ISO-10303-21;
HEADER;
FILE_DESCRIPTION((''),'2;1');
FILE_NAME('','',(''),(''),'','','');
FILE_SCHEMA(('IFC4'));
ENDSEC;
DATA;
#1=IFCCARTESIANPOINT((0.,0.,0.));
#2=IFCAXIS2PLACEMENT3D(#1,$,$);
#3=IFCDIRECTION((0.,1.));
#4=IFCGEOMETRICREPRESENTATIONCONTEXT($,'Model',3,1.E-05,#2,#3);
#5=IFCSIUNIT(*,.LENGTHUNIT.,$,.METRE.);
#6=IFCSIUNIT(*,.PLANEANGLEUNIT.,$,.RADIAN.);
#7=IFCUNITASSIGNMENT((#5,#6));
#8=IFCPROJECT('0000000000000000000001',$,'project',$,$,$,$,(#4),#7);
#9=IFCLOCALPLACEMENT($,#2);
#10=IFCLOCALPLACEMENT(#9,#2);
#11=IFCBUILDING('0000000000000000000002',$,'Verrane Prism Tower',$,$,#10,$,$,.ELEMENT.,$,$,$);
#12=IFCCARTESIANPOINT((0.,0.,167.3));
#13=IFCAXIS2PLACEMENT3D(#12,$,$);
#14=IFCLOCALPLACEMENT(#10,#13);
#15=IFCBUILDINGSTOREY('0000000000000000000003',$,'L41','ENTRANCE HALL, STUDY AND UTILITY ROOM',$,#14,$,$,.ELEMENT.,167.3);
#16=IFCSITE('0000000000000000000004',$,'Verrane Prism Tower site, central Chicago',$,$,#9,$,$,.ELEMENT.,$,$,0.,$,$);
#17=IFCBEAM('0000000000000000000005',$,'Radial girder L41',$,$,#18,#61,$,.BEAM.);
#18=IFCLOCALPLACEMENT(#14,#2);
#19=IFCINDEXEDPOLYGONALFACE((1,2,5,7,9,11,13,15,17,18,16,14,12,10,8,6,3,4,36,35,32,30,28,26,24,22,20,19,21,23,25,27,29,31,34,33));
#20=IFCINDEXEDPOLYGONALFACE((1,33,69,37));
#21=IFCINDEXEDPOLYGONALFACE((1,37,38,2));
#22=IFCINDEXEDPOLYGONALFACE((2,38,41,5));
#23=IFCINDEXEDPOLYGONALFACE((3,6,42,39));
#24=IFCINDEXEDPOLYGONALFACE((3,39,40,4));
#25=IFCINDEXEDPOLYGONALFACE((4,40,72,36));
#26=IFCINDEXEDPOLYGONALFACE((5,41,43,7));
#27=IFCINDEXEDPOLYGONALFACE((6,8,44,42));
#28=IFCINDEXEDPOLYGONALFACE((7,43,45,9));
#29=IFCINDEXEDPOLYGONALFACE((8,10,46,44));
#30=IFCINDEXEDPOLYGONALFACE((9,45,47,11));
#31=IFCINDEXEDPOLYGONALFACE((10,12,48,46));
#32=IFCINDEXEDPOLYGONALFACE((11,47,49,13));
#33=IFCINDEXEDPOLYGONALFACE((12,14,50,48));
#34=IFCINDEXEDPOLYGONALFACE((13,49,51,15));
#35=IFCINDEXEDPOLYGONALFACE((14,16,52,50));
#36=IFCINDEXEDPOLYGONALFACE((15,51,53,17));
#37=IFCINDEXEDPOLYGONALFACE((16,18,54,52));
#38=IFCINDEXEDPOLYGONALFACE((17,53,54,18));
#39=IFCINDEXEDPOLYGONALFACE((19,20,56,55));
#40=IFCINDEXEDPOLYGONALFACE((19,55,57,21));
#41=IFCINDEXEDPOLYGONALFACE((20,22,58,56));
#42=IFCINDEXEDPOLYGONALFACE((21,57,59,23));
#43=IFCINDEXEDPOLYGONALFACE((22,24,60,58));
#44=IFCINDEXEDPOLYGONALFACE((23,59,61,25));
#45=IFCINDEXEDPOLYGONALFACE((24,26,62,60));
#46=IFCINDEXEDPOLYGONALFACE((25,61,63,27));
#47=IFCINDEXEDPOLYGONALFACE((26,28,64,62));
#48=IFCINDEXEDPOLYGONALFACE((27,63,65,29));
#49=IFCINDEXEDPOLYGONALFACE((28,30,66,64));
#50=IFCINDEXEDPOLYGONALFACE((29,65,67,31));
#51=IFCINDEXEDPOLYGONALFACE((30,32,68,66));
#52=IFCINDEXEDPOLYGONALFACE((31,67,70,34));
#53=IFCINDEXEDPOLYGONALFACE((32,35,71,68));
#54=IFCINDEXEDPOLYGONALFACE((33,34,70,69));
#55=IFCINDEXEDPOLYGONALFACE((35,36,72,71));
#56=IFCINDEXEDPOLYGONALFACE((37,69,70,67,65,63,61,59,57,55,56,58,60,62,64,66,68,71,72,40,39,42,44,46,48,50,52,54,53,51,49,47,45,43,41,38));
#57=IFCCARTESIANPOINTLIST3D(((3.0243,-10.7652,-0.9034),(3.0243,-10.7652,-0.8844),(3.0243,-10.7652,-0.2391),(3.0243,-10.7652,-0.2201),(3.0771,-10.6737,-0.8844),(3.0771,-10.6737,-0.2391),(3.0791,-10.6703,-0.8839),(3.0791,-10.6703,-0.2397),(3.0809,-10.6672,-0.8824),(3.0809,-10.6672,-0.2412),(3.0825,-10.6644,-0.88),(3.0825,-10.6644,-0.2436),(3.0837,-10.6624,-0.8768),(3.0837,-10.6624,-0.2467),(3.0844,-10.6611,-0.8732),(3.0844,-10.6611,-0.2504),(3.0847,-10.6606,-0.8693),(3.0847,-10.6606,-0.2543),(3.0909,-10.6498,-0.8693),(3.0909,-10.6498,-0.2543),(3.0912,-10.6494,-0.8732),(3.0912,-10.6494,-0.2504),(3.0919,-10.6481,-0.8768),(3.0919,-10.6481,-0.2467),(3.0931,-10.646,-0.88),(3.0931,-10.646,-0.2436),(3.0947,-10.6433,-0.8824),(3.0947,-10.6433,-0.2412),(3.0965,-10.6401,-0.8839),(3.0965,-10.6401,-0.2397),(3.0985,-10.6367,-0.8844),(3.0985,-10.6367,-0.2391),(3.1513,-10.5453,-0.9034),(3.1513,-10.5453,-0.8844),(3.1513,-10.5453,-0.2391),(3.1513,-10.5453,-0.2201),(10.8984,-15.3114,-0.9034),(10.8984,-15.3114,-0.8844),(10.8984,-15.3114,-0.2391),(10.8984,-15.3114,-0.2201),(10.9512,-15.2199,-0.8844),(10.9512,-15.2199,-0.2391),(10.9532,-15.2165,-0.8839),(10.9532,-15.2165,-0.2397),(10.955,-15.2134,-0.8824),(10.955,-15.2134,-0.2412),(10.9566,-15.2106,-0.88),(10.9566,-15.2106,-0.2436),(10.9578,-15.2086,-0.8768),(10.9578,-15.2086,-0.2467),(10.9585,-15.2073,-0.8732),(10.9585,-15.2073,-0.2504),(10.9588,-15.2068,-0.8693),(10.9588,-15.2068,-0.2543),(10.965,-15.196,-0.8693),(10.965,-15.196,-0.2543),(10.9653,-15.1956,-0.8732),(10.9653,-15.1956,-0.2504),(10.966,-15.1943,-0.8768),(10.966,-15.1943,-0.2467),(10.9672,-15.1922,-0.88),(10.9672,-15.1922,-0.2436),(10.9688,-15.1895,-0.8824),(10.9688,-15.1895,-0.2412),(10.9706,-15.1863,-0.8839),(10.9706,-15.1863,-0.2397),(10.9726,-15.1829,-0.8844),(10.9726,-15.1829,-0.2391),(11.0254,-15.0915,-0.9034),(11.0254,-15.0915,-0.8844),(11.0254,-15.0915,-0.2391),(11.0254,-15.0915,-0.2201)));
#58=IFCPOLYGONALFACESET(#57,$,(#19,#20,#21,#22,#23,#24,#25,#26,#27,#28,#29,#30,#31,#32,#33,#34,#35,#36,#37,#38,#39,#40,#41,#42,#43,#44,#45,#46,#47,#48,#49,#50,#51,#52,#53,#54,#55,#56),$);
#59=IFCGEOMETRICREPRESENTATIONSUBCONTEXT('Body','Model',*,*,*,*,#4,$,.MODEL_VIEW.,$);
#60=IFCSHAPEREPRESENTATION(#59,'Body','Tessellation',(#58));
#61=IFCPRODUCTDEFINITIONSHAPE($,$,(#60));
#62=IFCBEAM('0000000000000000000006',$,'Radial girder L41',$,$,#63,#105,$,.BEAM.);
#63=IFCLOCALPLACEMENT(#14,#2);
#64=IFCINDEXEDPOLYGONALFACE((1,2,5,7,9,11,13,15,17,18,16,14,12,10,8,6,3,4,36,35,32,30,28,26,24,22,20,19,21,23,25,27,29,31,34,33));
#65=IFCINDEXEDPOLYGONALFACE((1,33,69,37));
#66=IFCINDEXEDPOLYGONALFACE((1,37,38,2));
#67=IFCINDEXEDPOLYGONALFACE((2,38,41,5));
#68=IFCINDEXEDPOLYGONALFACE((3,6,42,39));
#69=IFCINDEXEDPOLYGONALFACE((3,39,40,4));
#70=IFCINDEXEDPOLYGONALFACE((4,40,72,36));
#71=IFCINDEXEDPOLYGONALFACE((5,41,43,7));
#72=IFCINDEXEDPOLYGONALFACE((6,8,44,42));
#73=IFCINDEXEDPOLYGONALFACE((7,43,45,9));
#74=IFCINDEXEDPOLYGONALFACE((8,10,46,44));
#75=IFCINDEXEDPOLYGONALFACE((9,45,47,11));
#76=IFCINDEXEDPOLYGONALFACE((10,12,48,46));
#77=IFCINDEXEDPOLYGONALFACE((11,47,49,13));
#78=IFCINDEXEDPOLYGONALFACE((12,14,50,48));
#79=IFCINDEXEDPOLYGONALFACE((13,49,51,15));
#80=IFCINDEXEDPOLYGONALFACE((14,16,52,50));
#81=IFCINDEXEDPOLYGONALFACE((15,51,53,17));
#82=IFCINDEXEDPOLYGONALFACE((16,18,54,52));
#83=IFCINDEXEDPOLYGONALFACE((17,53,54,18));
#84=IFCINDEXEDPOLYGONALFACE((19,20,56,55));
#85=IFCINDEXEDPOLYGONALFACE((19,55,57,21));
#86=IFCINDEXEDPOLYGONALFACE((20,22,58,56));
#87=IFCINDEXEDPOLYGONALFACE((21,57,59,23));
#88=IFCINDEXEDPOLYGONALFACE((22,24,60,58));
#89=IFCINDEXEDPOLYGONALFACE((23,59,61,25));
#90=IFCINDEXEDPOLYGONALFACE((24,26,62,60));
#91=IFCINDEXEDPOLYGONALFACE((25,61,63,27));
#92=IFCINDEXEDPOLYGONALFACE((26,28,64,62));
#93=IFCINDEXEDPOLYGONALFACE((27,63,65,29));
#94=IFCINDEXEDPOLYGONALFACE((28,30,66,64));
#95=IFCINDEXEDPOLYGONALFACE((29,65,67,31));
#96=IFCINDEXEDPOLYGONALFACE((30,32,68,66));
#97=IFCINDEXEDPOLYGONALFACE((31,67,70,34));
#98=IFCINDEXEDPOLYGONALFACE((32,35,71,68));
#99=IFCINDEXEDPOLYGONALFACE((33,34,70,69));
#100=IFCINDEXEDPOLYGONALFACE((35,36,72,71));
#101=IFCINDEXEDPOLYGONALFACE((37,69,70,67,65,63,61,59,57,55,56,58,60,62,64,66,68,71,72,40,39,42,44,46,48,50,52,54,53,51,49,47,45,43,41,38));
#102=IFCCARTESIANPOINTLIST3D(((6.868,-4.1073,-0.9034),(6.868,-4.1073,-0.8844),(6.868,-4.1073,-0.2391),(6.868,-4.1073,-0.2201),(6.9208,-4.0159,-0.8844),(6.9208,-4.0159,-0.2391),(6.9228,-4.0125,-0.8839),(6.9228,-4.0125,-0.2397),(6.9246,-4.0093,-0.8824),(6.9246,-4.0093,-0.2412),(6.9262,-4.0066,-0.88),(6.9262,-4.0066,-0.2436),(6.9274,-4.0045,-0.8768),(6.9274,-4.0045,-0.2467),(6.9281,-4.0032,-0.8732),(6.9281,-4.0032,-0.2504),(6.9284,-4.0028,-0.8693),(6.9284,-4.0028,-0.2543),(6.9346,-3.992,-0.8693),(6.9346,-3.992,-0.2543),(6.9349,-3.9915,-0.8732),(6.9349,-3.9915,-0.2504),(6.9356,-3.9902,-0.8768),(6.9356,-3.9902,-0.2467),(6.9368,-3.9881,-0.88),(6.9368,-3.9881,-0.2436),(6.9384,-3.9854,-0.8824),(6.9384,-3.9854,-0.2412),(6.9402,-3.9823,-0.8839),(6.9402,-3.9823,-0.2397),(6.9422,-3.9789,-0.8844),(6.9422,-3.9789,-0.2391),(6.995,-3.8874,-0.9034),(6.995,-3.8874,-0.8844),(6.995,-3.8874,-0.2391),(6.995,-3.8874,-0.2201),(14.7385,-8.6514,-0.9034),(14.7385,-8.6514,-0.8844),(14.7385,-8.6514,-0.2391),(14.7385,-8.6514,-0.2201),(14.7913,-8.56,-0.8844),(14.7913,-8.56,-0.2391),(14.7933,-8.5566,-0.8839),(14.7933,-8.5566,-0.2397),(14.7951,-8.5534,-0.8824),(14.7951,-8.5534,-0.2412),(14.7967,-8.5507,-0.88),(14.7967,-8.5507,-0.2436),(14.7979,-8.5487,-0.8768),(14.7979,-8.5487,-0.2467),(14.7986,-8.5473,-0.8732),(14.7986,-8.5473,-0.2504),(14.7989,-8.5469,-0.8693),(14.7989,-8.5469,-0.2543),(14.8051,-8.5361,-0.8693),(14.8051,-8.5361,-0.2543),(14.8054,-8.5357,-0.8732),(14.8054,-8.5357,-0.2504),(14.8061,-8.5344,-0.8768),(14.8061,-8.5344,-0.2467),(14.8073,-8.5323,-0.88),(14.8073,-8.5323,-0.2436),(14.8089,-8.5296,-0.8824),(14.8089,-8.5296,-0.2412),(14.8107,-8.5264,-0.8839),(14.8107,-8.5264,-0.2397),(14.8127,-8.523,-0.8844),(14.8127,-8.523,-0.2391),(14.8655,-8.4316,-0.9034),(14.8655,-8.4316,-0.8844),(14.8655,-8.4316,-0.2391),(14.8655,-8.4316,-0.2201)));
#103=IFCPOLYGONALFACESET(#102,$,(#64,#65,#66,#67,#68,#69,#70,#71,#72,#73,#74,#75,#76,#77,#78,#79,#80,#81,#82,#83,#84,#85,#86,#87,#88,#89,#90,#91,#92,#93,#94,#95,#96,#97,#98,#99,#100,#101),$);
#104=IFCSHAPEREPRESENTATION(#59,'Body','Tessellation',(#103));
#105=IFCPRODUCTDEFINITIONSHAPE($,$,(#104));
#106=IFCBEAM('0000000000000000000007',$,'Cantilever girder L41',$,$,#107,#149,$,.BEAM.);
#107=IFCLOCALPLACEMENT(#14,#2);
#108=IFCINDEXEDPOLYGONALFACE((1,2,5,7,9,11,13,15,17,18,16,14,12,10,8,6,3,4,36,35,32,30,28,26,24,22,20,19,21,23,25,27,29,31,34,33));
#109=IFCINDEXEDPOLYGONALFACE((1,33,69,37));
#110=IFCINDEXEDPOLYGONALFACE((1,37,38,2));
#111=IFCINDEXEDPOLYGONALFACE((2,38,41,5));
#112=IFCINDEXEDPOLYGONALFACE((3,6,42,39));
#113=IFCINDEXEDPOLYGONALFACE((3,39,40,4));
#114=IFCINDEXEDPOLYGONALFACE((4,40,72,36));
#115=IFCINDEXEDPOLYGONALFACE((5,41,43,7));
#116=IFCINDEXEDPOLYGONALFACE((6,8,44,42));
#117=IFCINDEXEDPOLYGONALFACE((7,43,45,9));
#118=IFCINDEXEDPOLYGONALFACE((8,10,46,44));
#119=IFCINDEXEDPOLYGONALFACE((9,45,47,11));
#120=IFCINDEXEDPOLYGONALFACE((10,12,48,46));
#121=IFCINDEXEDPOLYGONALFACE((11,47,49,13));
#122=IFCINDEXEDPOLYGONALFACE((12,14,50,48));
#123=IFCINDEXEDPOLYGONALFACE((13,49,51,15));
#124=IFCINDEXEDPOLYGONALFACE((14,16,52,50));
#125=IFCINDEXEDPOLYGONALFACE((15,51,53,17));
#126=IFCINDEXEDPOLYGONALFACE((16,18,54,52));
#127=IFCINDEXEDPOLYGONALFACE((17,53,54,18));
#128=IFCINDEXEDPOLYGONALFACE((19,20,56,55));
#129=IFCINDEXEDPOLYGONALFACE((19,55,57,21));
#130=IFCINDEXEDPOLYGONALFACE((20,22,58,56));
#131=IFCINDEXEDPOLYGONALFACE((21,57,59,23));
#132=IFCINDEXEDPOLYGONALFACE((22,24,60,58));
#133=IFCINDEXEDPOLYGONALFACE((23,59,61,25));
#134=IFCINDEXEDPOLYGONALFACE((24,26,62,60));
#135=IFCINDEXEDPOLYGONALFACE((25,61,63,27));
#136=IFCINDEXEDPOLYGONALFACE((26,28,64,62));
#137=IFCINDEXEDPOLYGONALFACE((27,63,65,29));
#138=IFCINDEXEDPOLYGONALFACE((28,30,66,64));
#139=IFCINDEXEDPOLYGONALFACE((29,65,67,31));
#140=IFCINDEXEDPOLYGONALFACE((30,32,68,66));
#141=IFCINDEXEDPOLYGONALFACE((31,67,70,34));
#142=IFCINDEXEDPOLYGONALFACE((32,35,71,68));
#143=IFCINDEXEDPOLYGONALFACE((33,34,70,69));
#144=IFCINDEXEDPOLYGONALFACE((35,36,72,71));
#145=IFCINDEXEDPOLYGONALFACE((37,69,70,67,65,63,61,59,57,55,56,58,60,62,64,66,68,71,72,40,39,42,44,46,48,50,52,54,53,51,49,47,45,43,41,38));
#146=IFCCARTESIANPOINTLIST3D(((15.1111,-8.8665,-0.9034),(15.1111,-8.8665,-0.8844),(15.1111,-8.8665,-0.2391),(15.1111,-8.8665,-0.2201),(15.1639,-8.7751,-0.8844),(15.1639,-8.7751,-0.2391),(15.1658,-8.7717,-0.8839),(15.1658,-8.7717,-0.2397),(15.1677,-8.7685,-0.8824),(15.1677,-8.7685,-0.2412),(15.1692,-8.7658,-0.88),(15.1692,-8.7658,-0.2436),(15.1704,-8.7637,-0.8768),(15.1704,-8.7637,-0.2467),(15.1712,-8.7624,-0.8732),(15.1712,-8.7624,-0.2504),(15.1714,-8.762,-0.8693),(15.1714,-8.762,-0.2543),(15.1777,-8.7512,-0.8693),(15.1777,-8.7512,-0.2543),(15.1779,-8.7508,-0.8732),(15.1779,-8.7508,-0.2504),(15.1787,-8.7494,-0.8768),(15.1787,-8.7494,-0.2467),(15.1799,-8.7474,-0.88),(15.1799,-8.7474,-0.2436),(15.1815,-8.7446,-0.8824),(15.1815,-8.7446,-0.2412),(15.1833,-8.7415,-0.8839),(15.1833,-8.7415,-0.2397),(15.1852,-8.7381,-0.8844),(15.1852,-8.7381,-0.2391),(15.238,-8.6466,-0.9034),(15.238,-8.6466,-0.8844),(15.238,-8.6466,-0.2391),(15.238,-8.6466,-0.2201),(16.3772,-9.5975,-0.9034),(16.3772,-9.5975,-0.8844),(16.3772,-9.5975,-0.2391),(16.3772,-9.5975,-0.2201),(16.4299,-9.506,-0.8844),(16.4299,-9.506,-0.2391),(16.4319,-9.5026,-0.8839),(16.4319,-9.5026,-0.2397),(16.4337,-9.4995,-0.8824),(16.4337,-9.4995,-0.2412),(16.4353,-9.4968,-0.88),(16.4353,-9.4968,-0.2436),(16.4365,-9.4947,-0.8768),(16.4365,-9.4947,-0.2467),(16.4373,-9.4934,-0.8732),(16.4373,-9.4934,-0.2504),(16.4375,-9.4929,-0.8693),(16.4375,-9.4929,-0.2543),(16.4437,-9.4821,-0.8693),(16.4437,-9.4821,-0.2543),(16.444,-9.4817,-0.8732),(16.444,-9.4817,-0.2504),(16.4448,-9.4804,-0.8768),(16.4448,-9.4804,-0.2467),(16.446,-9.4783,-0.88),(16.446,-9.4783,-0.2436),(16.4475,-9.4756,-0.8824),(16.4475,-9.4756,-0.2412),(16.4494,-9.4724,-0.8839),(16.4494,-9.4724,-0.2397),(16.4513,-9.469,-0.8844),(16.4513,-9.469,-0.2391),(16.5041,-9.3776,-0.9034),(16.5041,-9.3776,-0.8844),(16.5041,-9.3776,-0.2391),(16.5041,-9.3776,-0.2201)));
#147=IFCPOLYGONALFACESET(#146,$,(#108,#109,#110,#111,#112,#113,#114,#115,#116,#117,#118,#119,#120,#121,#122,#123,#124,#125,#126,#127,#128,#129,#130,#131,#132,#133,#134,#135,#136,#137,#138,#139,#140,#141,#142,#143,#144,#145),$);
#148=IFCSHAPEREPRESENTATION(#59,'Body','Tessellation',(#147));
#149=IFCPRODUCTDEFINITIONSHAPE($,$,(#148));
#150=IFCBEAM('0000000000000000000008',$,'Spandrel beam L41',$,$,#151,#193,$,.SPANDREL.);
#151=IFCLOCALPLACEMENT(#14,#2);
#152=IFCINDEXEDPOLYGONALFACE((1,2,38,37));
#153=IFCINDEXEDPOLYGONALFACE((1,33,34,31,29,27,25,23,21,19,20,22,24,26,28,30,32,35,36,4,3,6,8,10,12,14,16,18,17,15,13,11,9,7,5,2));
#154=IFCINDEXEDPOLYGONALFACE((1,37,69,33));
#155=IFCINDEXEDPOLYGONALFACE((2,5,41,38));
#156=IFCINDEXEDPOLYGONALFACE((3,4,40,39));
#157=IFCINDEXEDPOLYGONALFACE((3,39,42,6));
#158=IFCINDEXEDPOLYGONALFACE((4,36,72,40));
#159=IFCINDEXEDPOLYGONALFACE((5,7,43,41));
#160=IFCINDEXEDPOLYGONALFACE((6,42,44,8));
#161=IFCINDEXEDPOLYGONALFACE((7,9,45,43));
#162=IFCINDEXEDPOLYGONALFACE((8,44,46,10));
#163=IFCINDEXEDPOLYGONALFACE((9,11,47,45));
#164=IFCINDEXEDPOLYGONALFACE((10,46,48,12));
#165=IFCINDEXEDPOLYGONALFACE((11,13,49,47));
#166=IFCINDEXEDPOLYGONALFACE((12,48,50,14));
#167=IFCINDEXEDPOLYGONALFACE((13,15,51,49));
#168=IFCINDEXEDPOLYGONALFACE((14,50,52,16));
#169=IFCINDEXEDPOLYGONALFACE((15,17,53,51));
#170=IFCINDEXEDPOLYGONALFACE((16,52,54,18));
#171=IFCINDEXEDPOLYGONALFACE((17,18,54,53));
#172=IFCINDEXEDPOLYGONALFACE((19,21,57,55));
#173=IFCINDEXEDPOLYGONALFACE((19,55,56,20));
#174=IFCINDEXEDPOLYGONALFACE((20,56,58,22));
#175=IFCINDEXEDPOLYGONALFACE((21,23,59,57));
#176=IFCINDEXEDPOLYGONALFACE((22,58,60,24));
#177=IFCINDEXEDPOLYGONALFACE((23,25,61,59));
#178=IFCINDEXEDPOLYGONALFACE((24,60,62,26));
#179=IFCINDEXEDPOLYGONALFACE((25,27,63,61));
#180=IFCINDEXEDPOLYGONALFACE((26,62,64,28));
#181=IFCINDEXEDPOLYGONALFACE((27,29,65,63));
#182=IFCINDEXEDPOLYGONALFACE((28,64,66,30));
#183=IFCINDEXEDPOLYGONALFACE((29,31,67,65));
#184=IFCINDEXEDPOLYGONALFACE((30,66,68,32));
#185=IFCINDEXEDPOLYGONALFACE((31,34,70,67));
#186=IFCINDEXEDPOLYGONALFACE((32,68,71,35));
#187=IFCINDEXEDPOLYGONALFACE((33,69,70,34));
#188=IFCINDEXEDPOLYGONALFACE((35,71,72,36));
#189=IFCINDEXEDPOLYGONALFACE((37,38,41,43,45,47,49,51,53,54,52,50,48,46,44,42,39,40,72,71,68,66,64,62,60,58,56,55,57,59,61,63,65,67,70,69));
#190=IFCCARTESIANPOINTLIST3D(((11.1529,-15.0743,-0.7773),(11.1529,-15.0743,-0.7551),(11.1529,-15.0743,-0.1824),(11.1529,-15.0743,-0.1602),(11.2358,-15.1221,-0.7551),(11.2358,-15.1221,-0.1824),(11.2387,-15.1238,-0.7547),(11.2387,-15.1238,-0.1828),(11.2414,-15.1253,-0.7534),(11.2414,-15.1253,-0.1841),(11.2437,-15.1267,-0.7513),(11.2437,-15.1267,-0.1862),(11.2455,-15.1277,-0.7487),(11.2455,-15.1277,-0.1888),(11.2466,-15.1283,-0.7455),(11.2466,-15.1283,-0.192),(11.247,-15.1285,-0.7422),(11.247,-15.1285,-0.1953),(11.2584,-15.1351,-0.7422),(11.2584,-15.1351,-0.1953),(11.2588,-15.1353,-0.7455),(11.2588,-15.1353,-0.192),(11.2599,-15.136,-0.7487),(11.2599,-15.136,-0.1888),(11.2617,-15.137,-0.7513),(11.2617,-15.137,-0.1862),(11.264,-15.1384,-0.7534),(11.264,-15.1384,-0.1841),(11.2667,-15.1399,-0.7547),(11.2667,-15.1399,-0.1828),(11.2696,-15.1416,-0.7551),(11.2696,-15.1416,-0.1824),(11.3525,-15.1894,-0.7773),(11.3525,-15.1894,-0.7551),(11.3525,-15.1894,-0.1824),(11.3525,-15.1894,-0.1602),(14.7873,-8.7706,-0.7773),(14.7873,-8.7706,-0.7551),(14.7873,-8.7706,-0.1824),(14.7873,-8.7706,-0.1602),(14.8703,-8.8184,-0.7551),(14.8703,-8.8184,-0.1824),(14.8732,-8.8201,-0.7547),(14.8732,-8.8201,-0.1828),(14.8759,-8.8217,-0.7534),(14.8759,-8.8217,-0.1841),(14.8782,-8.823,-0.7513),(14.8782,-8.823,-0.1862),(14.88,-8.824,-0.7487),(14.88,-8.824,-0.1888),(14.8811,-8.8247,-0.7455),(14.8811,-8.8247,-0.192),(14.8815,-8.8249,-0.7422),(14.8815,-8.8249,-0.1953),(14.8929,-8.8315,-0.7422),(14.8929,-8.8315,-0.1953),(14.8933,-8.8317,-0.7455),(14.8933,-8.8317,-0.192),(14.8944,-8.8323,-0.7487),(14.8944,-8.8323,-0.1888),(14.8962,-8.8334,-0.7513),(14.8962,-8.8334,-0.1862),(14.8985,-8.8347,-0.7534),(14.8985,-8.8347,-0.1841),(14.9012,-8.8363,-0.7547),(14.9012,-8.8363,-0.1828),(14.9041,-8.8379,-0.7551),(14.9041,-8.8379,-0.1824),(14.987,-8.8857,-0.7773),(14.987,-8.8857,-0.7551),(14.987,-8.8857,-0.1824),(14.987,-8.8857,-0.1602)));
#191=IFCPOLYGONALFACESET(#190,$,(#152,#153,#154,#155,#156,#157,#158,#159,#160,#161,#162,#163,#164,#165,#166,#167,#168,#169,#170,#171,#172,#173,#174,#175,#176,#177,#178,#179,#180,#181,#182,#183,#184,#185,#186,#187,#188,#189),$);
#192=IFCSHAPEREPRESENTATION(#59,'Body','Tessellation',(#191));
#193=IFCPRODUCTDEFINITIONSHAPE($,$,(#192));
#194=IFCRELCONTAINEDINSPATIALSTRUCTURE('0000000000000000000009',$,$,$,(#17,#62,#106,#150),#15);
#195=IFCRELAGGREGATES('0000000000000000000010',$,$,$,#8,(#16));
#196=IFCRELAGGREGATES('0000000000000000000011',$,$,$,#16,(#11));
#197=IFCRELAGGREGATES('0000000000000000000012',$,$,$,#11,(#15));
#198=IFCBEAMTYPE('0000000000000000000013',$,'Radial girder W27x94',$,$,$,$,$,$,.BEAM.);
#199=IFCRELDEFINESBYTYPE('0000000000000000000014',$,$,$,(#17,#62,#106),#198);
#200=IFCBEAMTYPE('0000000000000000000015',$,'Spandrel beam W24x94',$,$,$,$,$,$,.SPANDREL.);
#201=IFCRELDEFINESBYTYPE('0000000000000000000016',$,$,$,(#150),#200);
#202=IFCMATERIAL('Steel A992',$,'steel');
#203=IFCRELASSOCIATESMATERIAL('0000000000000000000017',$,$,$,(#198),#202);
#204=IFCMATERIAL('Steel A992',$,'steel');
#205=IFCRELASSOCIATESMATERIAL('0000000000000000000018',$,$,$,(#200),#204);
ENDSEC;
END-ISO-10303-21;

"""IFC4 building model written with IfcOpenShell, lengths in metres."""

from ifc_helpers import new_model, si_unit, direction, frame, origin, origin_2d, place, context, subcontext, project, spatial, i_section, extrude, material, material_profile, profile_set, type_object, element, save


model = new_model("IFC4")

# Units and contexts
model_context = context("Model", 3, precision=1e-05, world=origin(), true_north=direction((0.0, 1.0)))
body_context = subcontext(model_context, "Body", "Model", "MODEL_VIEW")
ifc_project = project(units=[si_unit("LENGTHUNIT", "METRE"), si_unit("PLANEANGLEUNIT", "RADIAN")], contexts=[model_context])

# Site, building, storey
site_placement = place(None, origin())
site = spatial("IfcSite", under=ifc_project, at=site_placement, Name="Verrane Prism Tower site, central Chicago", CompositionType="ELEMENT", RefElevation=0.0)
building_placement = place(site_placement, origin())
building = spatial("IfcBuilding", under=site, at=building_placement, Name="Verrane Prism Tower", CompositionType="ELEMENT")
storey_placement = place(building_placement, frame((0.0, 0.0, 167.3)))
storey = spatial("IfcBuildingStorey", under=building, at=storey_placement, Name="L41", Description="ENTRANCE HALL, STUDY AND UTILITY ROOM", CompositionType="ELEMENT", Elevation=167.3)

# Beams
ifc_material_1 = material(Name="Steel A992", Category="steel")
ifc_material_profile_1 = material_profile(ifc_material_1, i_section(OverallWidth=0.2539, OverallDepth=0.6833, WebThickness=0.0125, FlangeThickness=0.019, FilletRadius=0.0151, at=origin_2d()), Name="W27x94")
ifc_profile_set_1 = profile_set([ifc_material_profile_1], Name="Steel A992")
beam_type_1 = type_object("IfcBeamType", Name="Radial girder W27x94", PredefinedType="BEAM", material=ifc_profile_set_1)
beam_1_placement = place(storey_placement, frame((10.9619, -15.2014, -0.5618), z_axis=(-0.866022, 0.500006, 0.0), x_axis=(-0.500006, -0.866022, 0.0)))
element("IfcBeam", 1, at=beam_1_placement, inside=storey, type_object=beam_type_1, Name="Radial girder L41", PredefinedType="BEAM", context=body_context, shape_type="SweptSolid", body=[
    extrude(i_section(OverallWidth=0.2539, OverallDepth=0.6833, WebThickness=0.0125, FlangeThickness=0.019, FilletRadius=0.0151, at=origin_2d()), origin(), (0.0, 0.0, 1.0), 9.0923),
])
beam_2_placement = place(storey_placement, frame((14.802, -8.5415, -0.5618), z_axis=(-0.866021, 0.500008, 0.0), x_axis=(-0.500008, -0.866021, 0.0)))
element("IfcBeam", 2, at=beam_2_placement, inside=storey, type_object=beam_type_1, Name="Radial girder L41", PredefinedType="BEAM", context=body_context, shape_type="SweptSolid", body=[
    extrude(i_section(OverallWidth=0.2539, OverallDepth=0.6833, WebThickness=0.0125, FlangeThickness=0.019, FilletRadius=0.0151, at=origin_2d()), origin(), (0.0, 0.0, 1.0), 9.0881),
])
beam_3_placement = place(storey_placement, frame((15.1746, -8.7566, -0.5618), z_axis=(0.866035, -0.499983, 0.0), x_axis=(0.499983, 0.866035, 0.0)))
element("IfcBeam", 3, at=beam_3_placement, inside=storey, type_object=beam_type_1, Name="Cantilever girder L41", PredefinedType="BEAM", context=body_context, shape_type="SweptSolid", body=[
    extrude(i_section(OverallWidth=0.2539, OverallDepth=0.6833, WebThickness=0.0125, FlangeThickness=0.019, FilletRadius=0.0151, at=origin_2d()), origin(), (0.0, 0.0, 1.0), 1.4619),
])
ifc_material_2 = material(Name="Steel A992", Category="steel")
ifc_material_profile_2 = material_profile(ifc_material_2, i_section(OverallWidth=0.2305, OverallDepth=0.6172, WebThickness=0.0132, FlangeThickness=0.0222, FilletRadius=0.0129, at=origin_2d()), Name="W24x94")
ifc_profile_set_2 = profile_set([ifc_material_profile_2], Name="Steel A992")
beam_type_2 = type_object("IfcBeamType", Name="Spandrel beam W24x94", PredefinedType="SPANDREL", material=ifc_profile_set_2)
beam_4_placement = place(storey_placement, frame((11.2527, -15.1318, -0.4688), z_axis=(0.499492, 0.866318, 0.0), x_axis=(-0.866318, 0.499492, 0.0)))
element("IfcBeam", 4, at=beam_4_placement, inside=storey, type_object=beam_type_2, Name="Spandrel beam L41", PredefinedType="SPANDREL", context=body_context, shape_type="SweptSolid", body=[
    extrude(i_section(OverallWidth=0.2305, OverallDepth=0.6172, WebThickness=0.0132, FlangeThickness=0.0222, FilletRadius=0.0129, at=origin_2d()), origin(), (0.0, 0.0, 1.0), 7.2764),
])

save(model, "model.ifc")
